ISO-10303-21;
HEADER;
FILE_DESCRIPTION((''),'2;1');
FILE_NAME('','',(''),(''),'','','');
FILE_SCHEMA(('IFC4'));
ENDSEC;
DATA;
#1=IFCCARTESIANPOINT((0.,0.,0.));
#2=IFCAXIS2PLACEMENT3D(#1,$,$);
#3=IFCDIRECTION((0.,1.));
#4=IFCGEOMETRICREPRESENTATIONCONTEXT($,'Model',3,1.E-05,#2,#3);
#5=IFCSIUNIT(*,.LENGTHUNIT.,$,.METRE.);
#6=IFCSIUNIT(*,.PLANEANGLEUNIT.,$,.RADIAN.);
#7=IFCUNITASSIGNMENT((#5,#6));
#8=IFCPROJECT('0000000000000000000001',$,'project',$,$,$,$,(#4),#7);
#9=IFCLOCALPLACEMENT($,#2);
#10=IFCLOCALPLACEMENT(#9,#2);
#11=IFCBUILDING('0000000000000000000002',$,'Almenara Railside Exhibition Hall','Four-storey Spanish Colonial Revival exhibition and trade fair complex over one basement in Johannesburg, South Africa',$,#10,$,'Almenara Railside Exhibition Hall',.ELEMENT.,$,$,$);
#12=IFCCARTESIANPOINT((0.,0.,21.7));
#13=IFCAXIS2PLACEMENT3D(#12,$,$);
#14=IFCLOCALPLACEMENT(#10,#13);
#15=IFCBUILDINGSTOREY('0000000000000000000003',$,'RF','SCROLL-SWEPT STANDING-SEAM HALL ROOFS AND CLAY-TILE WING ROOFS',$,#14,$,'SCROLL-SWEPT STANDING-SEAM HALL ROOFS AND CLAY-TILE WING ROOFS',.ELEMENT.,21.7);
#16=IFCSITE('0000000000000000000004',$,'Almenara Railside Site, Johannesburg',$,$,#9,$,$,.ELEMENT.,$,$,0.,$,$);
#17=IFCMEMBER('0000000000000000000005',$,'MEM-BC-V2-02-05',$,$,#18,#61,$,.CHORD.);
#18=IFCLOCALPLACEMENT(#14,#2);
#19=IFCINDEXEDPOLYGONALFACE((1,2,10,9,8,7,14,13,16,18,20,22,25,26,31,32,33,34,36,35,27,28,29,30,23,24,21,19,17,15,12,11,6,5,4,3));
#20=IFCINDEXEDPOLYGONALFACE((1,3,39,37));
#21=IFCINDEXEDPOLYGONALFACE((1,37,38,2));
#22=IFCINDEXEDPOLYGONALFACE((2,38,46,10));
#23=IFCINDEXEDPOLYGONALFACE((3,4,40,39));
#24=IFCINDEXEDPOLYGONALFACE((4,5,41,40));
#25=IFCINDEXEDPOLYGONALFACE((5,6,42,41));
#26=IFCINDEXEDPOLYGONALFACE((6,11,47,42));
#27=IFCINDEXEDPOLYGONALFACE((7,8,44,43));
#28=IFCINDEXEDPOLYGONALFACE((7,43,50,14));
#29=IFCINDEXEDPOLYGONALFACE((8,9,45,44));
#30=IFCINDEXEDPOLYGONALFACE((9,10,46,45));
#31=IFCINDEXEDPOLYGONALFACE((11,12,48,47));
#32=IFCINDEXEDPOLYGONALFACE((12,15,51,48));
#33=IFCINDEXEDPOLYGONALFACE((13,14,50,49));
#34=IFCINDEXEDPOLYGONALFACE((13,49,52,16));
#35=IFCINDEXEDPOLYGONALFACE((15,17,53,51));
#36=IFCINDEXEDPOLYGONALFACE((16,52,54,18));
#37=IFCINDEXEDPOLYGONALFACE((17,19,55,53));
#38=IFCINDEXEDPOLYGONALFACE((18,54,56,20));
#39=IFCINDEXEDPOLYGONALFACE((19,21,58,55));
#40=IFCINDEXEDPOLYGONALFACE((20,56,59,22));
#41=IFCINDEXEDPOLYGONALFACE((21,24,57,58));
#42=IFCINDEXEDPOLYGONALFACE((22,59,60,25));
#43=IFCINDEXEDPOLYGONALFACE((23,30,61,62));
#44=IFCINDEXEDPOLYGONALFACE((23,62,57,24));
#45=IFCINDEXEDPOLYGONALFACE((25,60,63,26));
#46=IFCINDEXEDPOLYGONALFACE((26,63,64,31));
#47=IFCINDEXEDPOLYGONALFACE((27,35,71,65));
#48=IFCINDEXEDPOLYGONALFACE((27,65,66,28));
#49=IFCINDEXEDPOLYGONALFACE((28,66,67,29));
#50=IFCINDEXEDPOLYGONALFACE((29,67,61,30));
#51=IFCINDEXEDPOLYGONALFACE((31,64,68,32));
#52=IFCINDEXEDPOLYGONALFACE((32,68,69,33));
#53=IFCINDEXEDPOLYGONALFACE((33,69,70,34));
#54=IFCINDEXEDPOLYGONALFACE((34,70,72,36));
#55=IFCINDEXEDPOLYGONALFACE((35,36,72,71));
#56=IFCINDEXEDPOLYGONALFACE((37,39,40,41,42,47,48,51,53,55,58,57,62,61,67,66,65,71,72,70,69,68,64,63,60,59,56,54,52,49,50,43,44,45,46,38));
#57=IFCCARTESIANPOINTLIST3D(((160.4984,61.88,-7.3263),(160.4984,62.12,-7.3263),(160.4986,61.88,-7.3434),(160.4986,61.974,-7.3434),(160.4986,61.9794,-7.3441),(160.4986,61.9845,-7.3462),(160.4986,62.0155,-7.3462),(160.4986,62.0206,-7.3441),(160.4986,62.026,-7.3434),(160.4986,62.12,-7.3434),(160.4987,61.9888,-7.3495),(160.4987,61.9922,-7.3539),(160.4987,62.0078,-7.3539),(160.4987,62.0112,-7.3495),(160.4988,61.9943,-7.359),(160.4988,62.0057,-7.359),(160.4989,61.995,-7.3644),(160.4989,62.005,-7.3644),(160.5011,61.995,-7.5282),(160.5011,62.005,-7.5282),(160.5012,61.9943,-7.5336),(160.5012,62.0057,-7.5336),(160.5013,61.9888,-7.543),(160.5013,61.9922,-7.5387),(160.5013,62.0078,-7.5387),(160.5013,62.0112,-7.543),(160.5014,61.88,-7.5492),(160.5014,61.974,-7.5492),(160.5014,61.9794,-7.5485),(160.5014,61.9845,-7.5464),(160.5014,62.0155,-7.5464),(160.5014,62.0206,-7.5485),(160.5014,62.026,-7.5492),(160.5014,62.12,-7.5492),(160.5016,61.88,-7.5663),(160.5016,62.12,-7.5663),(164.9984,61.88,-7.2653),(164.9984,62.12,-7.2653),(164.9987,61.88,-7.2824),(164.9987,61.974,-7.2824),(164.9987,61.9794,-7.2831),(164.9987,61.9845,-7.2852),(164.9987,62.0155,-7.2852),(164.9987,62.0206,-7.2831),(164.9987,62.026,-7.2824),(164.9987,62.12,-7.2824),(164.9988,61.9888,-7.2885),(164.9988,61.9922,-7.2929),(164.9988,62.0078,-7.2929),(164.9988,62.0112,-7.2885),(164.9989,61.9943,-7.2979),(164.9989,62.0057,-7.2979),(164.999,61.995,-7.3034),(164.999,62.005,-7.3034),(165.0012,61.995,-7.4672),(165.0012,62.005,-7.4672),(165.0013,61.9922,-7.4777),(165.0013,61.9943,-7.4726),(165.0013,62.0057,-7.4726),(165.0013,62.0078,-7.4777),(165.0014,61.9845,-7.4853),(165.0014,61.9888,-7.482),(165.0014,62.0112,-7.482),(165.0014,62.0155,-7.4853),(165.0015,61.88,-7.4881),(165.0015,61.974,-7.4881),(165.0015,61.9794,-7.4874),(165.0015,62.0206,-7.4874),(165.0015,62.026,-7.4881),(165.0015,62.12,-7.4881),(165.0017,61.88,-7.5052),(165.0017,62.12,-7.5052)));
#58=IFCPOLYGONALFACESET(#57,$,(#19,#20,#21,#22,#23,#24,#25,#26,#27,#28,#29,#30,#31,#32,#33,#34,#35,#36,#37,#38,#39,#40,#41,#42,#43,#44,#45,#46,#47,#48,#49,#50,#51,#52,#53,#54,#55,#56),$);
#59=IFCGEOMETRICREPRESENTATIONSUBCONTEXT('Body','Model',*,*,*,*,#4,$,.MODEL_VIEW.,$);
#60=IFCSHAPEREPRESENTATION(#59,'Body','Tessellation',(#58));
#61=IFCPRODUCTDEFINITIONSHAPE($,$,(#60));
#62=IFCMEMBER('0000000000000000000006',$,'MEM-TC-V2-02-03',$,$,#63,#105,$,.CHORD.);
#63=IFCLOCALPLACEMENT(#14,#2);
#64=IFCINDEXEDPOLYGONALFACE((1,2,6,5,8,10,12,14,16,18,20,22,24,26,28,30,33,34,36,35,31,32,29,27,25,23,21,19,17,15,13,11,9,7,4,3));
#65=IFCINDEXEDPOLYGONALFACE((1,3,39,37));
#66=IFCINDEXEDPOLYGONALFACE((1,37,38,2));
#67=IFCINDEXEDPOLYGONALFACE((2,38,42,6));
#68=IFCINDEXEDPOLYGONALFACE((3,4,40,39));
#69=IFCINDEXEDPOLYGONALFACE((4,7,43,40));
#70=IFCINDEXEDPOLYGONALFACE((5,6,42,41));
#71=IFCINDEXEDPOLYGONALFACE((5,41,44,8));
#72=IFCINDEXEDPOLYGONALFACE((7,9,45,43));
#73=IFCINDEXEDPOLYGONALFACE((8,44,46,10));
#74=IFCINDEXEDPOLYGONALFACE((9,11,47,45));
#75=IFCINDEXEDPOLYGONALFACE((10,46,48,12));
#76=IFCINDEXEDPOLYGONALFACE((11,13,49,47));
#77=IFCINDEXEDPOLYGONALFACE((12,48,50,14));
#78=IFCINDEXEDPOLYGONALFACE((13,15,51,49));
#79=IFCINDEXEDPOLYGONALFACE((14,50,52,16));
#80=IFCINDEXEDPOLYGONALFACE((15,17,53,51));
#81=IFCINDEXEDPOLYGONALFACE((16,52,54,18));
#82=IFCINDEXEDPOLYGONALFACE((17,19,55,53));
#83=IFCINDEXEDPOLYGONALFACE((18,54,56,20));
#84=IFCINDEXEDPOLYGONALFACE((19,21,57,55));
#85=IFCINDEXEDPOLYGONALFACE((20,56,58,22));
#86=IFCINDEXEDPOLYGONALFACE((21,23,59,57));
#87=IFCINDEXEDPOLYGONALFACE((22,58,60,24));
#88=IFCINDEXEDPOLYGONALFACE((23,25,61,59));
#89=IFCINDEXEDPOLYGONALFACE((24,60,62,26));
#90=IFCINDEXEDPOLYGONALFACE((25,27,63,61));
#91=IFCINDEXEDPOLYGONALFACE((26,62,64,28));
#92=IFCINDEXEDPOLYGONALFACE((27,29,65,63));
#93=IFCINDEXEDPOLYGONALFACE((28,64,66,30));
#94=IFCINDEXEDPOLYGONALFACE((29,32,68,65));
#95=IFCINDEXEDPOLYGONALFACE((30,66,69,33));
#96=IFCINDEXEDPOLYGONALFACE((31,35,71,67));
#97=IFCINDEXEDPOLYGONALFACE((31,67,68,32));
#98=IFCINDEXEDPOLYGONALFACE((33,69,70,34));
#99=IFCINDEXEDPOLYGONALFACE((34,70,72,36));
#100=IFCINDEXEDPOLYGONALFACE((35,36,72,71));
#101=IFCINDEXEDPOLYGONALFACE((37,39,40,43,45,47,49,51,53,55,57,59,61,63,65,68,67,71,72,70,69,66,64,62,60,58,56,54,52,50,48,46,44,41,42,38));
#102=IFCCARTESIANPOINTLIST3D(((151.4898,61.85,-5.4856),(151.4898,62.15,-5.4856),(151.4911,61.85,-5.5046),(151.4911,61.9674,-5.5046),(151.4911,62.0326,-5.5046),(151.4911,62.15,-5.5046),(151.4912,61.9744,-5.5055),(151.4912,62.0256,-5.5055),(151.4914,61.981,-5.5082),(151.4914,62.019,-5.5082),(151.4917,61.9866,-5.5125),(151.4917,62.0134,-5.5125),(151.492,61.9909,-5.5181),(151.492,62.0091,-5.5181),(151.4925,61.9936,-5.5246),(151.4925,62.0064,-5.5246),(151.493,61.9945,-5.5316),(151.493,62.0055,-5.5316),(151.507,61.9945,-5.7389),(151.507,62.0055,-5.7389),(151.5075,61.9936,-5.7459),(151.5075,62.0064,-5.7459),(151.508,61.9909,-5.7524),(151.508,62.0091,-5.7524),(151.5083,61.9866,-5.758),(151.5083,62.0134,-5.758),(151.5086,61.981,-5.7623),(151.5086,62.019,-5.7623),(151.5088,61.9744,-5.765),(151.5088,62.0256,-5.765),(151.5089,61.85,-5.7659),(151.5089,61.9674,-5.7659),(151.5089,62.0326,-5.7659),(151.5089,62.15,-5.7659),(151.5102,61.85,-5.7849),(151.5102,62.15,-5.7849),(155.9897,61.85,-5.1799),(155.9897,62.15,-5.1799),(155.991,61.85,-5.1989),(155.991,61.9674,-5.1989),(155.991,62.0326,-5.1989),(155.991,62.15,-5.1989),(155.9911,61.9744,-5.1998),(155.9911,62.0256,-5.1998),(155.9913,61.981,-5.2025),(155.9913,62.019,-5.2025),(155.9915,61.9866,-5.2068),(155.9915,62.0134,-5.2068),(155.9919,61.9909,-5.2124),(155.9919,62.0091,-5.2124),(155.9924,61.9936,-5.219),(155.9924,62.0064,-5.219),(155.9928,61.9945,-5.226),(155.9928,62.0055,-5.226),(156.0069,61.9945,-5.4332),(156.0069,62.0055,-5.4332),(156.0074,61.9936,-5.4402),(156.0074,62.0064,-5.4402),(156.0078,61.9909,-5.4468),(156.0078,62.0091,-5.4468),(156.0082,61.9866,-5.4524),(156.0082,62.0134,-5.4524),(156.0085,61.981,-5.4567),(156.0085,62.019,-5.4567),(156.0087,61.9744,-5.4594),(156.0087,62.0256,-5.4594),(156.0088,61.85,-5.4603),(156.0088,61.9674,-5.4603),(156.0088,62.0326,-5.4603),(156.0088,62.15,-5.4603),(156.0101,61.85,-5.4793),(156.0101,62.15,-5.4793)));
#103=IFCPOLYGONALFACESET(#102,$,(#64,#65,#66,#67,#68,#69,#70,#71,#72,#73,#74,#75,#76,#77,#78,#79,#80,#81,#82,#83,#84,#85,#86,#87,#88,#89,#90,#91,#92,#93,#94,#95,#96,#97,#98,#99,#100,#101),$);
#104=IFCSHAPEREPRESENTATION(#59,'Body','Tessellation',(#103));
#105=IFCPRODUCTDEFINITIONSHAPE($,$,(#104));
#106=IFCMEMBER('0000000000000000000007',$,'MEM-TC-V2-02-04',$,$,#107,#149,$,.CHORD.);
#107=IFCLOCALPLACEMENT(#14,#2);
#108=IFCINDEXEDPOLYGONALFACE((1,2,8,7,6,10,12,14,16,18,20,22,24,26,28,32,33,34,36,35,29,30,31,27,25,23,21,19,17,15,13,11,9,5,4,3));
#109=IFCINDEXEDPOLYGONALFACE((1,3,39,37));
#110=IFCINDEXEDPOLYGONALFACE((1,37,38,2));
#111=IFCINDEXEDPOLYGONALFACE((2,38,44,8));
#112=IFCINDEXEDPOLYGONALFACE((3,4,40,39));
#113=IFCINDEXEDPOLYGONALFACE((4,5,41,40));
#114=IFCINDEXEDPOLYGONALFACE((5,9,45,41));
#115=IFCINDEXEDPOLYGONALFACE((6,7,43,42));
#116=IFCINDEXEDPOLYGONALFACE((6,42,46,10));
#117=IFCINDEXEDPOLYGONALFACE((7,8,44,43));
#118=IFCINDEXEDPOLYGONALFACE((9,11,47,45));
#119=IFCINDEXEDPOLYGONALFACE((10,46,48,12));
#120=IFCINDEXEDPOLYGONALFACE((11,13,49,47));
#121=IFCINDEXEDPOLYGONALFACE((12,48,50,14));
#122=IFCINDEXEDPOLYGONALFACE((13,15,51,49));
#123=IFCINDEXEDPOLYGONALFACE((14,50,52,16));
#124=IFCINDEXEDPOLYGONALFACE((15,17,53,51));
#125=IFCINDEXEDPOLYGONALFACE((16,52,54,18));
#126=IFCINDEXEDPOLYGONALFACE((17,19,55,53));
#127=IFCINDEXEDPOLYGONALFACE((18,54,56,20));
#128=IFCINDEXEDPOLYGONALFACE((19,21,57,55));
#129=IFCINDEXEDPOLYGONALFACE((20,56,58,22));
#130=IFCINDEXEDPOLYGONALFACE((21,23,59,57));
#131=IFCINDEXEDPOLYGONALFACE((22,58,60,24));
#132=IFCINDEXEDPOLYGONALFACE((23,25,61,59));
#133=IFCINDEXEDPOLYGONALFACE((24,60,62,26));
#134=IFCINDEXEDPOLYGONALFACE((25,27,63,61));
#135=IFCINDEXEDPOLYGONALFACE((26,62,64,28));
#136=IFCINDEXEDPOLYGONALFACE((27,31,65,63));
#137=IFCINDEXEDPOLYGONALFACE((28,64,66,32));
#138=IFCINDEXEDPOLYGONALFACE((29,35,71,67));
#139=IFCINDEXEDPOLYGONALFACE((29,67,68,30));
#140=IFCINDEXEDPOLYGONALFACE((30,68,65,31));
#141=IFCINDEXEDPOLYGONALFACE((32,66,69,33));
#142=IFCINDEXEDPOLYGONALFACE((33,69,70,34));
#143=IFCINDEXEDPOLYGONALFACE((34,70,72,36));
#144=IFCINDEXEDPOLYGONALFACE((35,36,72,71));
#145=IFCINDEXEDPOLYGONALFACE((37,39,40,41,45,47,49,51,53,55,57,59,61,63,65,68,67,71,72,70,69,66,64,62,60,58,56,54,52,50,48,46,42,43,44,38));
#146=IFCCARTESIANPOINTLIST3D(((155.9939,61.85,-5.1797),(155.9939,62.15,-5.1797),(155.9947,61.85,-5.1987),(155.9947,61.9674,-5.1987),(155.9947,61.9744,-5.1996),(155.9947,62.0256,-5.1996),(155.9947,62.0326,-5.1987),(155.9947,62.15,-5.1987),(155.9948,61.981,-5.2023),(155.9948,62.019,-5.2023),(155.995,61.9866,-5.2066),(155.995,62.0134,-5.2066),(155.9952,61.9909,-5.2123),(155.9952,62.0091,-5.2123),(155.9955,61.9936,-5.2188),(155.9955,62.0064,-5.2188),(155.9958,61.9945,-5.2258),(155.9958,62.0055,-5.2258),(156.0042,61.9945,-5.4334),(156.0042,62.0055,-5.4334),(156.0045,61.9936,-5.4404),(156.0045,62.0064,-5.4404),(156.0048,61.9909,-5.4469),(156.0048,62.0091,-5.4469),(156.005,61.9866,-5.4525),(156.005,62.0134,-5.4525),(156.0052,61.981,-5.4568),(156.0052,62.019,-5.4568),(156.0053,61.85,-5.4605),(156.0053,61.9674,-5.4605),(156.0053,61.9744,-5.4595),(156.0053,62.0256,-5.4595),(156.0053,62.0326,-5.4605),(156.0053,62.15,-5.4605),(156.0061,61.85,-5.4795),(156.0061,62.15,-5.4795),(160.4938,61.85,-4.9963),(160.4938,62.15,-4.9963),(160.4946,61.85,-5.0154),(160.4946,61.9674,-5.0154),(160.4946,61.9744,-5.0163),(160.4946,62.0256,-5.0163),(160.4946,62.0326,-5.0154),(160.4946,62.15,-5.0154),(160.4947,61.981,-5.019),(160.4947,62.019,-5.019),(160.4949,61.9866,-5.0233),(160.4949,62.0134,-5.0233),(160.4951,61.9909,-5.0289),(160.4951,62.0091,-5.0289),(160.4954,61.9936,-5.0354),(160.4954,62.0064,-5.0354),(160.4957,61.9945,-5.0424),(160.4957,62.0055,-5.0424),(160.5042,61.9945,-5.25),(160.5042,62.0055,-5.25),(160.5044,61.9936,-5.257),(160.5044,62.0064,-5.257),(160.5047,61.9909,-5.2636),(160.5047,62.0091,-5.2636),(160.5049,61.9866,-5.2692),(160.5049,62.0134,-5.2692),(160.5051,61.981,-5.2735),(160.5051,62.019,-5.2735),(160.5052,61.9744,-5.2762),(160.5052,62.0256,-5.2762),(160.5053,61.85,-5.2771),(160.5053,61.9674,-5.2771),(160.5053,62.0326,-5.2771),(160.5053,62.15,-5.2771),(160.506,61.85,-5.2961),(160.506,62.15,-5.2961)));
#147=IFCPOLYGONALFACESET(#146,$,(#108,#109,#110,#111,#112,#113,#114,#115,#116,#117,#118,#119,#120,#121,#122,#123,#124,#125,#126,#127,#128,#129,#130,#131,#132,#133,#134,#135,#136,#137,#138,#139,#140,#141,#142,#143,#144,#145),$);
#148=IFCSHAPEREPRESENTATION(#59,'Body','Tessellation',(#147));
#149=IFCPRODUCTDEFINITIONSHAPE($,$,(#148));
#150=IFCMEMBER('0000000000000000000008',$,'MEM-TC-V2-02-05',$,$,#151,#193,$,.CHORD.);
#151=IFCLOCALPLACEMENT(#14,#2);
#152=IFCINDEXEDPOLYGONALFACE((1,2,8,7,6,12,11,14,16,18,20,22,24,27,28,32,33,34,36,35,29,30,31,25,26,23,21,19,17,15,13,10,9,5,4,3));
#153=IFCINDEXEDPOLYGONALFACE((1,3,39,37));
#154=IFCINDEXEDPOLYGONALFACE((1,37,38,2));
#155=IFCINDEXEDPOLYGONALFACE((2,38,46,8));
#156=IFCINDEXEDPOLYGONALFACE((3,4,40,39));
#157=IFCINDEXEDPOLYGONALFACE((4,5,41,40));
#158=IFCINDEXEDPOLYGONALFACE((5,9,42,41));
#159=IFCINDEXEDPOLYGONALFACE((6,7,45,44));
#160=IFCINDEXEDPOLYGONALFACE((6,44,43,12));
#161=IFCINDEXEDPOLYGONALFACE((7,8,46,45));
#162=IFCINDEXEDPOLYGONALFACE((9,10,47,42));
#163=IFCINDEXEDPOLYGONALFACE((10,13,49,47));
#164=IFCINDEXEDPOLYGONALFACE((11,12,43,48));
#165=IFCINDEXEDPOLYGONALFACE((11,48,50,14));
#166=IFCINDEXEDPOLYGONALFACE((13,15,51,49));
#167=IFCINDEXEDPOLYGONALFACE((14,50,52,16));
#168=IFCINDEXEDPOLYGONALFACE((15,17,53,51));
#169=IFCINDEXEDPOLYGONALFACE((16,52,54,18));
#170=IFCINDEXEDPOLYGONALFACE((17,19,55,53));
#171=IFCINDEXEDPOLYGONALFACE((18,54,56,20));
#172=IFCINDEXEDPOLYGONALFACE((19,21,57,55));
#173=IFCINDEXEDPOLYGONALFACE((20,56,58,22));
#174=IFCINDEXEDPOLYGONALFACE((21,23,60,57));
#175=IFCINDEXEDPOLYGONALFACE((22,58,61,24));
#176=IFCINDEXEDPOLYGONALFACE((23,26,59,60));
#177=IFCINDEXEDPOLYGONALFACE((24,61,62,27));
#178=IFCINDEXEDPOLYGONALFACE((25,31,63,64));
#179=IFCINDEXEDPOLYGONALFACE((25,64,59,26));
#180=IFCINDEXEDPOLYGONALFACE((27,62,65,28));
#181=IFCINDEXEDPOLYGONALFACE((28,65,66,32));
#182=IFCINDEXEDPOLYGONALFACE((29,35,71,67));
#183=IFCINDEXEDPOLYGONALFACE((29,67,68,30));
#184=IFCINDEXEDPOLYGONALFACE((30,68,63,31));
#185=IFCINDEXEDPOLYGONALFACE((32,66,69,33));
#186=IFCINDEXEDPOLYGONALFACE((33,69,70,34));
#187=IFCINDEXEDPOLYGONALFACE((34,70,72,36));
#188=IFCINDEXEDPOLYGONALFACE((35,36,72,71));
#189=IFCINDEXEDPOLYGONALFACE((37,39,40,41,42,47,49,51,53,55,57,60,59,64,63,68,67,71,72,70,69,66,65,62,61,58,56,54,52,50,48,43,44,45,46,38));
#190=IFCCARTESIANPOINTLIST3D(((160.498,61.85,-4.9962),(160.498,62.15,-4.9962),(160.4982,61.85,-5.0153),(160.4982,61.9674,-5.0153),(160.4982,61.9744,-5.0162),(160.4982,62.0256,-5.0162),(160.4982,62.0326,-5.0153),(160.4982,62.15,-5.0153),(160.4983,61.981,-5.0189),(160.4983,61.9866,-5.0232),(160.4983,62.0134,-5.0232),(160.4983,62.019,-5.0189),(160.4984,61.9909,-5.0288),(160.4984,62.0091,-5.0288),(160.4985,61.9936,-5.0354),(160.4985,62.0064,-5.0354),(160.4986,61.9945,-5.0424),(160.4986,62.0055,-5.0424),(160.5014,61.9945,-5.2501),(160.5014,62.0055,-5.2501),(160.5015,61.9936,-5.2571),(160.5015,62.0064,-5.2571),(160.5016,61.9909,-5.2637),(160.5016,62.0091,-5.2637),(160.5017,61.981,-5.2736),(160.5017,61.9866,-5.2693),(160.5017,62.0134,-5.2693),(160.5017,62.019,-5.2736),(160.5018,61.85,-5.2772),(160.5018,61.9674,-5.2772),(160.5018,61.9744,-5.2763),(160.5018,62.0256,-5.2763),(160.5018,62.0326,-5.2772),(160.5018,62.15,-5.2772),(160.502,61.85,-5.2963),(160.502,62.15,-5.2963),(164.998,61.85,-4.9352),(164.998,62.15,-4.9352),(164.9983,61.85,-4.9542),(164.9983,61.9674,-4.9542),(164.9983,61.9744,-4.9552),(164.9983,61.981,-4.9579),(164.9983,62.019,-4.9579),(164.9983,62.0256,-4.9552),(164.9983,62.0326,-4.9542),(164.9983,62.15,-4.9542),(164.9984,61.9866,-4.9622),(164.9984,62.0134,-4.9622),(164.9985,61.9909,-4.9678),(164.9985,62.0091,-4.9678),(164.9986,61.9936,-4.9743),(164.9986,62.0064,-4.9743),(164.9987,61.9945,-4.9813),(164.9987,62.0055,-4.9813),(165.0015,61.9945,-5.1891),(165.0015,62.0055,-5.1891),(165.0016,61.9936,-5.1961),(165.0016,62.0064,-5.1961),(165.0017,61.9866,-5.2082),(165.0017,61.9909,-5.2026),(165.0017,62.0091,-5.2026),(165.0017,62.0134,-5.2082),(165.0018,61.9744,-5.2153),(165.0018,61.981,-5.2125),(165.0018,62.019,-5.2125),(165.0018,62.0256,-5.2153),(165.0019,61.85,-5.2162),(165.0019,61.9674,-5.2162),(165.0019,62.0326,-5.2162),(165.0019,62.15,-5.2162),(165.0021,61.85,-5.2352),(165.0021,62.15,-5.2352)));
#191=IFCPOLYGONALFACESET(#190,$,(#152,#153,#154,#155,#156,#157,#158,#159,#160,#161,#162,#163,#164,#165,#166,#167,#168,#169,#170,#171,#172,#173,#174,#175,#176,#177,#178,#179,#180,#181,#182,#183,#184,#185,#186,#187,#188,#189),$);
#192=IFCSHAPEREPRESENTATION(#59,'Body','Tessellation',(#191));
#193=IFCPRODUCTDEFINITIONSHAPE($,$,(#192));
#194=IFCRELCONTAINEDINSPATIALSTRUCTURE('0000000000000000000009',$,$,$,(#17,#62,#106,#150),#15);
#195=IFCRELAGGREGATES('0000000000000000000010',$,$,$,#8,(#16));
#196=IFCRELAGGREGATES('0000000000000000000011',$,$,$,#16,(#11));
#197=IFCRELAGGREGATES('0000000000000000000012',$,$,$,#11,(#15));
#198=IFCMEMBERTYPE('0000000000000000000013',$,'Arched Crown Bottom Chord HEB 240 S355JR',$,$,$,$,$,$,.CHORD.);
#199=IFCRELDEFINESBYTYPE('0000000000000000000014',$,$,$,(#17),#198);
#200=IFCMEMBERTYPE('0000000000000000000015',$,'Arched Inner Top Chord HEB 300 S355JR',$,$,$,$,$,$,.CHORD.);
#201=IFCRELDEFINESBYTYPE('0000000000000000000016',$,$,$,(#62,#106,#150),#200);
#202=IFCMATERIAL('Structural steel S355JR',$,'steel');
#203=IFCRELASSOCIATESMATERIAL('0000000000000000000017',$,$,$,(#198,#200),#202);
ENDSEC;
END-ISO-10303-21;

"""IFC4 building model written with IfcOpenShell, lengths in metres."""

from ifc_helpers import new_model, si_unit, direction, frame, origin, origin_2d, place, context, subcontext, project, spatial, i_section, extrude, material, material_profile, profile_set, type_object, element, save


model = new_model("IFC4")

# Units and contexts
model_context = context("Model", 3, precision=1e-05, world=origin(), true_north=direction((0.0, 1.0)))
body_context = subcontext(model_context, "Body", "Model", "MODEL_VIEW")
ifc_project = project(units=[si_unit("LENGTHUNIT", "METRE"), si_unit("PLANEANGLEUNIT", "RADIAN")], contexts=[model_context])

# Site, building, storey
site_placement = place(None, origin())
site = spatial("IfcSite", under=ifc_project, at=site_placement, Name="Almenara Railside Site, Johannesburg", CompositionType="ELEMENT", RefElevation=0.0)
building_placement = place(site_placement, origin())
building = spatial("IfcBuilding", under=site, at=building_placement, Name="Almenara Railside Exhibition Hall", Description="Four-storey Spanish Colonial Revival exhibition and trade fair complex over one basement in Johannesburg, South Africa", LongName="Almenara Railside Exhibition Hall", CompositionType="ELEMENT")
storey_placement = place(building_placement, frame((0.0, 0.0, 21.7)))
storey = spatial("IfcBuildingStorey", under=building, at=storey_placement, Name="RF", Description="SCROLL-SWEPT STANDING-SEAM HALL ROOFS AND CLAY-TILE WING ROOFS", LongName="SCROLL-SWEPT STANDING-SEAM HALL ROOFS AND CLAY-TILE WING ROOFS", CompositionType="ELEMENT", Elevation=21.7)

# Members
ifc_material_1 = material(Name="Structural steel S355JR", Category="steel")
ifc_material_profile_1 = material_profile(ifc_material_1, i_section(OverallWidth=0.24, OverallDepth=0.24, WebThickness=0.01, FlangeThickness=0.0171, FilletRadius=0.021, at=origin_2d()), Name="HEB 240")
ifc_profile_set_1 = profile_set([ifc_material_profile_1], Name="Structural steel S355JR")
member_type_1 = type_object("IfcMemberType", Name="Arched Crown Bottom Chord HEB 240 S355JR", PredefinedType="CHORD", material=ifc_profile_set_1)
member_1_placement = place(storey_placement, frame((160.5, 62.0, -7.4463), z_axis=(0.999908, 0.0, 0.013562), x_axis=(0.0, 1.0, 0.0)))
element("IfcMember", 1, at=member_1_placement, inside=storey, type_object=member_type_1, Name="MEM-BC-V2-02-05", PredefinedType="CHORD", context=body_context, shape_type="SweptSolid", body=[
    extrude(i_section(OverallWidth=0.24, OverallDepth=0.24, WebThickness=0.01, FlangeThickness=0.0171, FilletRadius=0.021, at=origin_2d()), origin(), (0.0, 0.0, 1.0), 4.5005),
])
ifc_material_profile_2 = material_profile(ifc_material_1, i_section(OverallWidth=0.3, OverallDepth=0.3, WebThickness=0.011, FlangeThickness=0.019, FilletRadius=0.0271, at=origin_2d()), Name="HEB 300")
ifc_profile_set_2 = profile_set([ifc_material_profile_2], Name="Structural steel S355JR")
member_type_2 = type_object("IfcMemberType", Name="Arched Inner Top Chord HEB 300 S355JR", PredefinedType="CHORD", material=ifc_profile_set_2)
member_2_placement = place(storey_placement, frame((151.5, 62.0, -5.6353), z_axis=(0.997701, 0.0, 0.067769), x_axis=(0.0, 1.0, 0.0)))
element("IfcMember", 2, at=member_2_placement, inside=storey, type_object=member_type_2, Name="MEM-TC-V2-02-03", PredefinedType="CHORD", context=body_context, shape_type="SweptSolid", body=[
    extrude(i_section(OverallWidth=0.3, OverallDepth=0.3, WebThickness=0.011, FlangeThickness=0.019, FilletRadius=0.0271, at=origin_2d()), origin(), (0.0, 0.0, 1.0), 4.5103),
])
member_3_placement = place(storey_placement, frame((156.0, 62.0, -5.3296), z_axis=(0.999171, 0.0, 0.040711), x_axis=(0.0, 1.0, 0.0)))
element("IfcMember", 3, at=member_3_placement, inside=storey, type_object=member_type_2, Name="MEM-TC-V2-02-04", PredefinedType="CHORD", context=body_context, shape_type="SweptSolid", body=[
    extrude(i_section(OverallWidth=0.3, OverallDepth=0.3, WebThickness=0.011, FlangeThickness=0.019, FilletRadius=0.0271, at=origin_2d()), origin(), (0.0, 0.0, 1.0), 4.5037),
])
member_4_placement = place(storey_placement, frame((160.5, 62.0, -5.1462), z_axis=(0.999908, 0.0, 0.013562), x_axis=(0.0, 1.0, 0.0)))
element("IfcMember", 4, at=member_4_placement, inside=storey, type_object=member_type_2, Name="MEM-TC-V2-02-05", PredefinedType="CHORD", context=body_context, shape_type="SweptSolid", body=[
    extrude(i_section(OverallWidth=0.3, OverallDepth=0.3, WebThickness=0.011, FlangeThickness=0.019, FilletRadius=0.0271, at=origin_2d()), origin(), (0.0, 0.0, 1.0), 4.5005),
])

save(model, "model.ifc")
